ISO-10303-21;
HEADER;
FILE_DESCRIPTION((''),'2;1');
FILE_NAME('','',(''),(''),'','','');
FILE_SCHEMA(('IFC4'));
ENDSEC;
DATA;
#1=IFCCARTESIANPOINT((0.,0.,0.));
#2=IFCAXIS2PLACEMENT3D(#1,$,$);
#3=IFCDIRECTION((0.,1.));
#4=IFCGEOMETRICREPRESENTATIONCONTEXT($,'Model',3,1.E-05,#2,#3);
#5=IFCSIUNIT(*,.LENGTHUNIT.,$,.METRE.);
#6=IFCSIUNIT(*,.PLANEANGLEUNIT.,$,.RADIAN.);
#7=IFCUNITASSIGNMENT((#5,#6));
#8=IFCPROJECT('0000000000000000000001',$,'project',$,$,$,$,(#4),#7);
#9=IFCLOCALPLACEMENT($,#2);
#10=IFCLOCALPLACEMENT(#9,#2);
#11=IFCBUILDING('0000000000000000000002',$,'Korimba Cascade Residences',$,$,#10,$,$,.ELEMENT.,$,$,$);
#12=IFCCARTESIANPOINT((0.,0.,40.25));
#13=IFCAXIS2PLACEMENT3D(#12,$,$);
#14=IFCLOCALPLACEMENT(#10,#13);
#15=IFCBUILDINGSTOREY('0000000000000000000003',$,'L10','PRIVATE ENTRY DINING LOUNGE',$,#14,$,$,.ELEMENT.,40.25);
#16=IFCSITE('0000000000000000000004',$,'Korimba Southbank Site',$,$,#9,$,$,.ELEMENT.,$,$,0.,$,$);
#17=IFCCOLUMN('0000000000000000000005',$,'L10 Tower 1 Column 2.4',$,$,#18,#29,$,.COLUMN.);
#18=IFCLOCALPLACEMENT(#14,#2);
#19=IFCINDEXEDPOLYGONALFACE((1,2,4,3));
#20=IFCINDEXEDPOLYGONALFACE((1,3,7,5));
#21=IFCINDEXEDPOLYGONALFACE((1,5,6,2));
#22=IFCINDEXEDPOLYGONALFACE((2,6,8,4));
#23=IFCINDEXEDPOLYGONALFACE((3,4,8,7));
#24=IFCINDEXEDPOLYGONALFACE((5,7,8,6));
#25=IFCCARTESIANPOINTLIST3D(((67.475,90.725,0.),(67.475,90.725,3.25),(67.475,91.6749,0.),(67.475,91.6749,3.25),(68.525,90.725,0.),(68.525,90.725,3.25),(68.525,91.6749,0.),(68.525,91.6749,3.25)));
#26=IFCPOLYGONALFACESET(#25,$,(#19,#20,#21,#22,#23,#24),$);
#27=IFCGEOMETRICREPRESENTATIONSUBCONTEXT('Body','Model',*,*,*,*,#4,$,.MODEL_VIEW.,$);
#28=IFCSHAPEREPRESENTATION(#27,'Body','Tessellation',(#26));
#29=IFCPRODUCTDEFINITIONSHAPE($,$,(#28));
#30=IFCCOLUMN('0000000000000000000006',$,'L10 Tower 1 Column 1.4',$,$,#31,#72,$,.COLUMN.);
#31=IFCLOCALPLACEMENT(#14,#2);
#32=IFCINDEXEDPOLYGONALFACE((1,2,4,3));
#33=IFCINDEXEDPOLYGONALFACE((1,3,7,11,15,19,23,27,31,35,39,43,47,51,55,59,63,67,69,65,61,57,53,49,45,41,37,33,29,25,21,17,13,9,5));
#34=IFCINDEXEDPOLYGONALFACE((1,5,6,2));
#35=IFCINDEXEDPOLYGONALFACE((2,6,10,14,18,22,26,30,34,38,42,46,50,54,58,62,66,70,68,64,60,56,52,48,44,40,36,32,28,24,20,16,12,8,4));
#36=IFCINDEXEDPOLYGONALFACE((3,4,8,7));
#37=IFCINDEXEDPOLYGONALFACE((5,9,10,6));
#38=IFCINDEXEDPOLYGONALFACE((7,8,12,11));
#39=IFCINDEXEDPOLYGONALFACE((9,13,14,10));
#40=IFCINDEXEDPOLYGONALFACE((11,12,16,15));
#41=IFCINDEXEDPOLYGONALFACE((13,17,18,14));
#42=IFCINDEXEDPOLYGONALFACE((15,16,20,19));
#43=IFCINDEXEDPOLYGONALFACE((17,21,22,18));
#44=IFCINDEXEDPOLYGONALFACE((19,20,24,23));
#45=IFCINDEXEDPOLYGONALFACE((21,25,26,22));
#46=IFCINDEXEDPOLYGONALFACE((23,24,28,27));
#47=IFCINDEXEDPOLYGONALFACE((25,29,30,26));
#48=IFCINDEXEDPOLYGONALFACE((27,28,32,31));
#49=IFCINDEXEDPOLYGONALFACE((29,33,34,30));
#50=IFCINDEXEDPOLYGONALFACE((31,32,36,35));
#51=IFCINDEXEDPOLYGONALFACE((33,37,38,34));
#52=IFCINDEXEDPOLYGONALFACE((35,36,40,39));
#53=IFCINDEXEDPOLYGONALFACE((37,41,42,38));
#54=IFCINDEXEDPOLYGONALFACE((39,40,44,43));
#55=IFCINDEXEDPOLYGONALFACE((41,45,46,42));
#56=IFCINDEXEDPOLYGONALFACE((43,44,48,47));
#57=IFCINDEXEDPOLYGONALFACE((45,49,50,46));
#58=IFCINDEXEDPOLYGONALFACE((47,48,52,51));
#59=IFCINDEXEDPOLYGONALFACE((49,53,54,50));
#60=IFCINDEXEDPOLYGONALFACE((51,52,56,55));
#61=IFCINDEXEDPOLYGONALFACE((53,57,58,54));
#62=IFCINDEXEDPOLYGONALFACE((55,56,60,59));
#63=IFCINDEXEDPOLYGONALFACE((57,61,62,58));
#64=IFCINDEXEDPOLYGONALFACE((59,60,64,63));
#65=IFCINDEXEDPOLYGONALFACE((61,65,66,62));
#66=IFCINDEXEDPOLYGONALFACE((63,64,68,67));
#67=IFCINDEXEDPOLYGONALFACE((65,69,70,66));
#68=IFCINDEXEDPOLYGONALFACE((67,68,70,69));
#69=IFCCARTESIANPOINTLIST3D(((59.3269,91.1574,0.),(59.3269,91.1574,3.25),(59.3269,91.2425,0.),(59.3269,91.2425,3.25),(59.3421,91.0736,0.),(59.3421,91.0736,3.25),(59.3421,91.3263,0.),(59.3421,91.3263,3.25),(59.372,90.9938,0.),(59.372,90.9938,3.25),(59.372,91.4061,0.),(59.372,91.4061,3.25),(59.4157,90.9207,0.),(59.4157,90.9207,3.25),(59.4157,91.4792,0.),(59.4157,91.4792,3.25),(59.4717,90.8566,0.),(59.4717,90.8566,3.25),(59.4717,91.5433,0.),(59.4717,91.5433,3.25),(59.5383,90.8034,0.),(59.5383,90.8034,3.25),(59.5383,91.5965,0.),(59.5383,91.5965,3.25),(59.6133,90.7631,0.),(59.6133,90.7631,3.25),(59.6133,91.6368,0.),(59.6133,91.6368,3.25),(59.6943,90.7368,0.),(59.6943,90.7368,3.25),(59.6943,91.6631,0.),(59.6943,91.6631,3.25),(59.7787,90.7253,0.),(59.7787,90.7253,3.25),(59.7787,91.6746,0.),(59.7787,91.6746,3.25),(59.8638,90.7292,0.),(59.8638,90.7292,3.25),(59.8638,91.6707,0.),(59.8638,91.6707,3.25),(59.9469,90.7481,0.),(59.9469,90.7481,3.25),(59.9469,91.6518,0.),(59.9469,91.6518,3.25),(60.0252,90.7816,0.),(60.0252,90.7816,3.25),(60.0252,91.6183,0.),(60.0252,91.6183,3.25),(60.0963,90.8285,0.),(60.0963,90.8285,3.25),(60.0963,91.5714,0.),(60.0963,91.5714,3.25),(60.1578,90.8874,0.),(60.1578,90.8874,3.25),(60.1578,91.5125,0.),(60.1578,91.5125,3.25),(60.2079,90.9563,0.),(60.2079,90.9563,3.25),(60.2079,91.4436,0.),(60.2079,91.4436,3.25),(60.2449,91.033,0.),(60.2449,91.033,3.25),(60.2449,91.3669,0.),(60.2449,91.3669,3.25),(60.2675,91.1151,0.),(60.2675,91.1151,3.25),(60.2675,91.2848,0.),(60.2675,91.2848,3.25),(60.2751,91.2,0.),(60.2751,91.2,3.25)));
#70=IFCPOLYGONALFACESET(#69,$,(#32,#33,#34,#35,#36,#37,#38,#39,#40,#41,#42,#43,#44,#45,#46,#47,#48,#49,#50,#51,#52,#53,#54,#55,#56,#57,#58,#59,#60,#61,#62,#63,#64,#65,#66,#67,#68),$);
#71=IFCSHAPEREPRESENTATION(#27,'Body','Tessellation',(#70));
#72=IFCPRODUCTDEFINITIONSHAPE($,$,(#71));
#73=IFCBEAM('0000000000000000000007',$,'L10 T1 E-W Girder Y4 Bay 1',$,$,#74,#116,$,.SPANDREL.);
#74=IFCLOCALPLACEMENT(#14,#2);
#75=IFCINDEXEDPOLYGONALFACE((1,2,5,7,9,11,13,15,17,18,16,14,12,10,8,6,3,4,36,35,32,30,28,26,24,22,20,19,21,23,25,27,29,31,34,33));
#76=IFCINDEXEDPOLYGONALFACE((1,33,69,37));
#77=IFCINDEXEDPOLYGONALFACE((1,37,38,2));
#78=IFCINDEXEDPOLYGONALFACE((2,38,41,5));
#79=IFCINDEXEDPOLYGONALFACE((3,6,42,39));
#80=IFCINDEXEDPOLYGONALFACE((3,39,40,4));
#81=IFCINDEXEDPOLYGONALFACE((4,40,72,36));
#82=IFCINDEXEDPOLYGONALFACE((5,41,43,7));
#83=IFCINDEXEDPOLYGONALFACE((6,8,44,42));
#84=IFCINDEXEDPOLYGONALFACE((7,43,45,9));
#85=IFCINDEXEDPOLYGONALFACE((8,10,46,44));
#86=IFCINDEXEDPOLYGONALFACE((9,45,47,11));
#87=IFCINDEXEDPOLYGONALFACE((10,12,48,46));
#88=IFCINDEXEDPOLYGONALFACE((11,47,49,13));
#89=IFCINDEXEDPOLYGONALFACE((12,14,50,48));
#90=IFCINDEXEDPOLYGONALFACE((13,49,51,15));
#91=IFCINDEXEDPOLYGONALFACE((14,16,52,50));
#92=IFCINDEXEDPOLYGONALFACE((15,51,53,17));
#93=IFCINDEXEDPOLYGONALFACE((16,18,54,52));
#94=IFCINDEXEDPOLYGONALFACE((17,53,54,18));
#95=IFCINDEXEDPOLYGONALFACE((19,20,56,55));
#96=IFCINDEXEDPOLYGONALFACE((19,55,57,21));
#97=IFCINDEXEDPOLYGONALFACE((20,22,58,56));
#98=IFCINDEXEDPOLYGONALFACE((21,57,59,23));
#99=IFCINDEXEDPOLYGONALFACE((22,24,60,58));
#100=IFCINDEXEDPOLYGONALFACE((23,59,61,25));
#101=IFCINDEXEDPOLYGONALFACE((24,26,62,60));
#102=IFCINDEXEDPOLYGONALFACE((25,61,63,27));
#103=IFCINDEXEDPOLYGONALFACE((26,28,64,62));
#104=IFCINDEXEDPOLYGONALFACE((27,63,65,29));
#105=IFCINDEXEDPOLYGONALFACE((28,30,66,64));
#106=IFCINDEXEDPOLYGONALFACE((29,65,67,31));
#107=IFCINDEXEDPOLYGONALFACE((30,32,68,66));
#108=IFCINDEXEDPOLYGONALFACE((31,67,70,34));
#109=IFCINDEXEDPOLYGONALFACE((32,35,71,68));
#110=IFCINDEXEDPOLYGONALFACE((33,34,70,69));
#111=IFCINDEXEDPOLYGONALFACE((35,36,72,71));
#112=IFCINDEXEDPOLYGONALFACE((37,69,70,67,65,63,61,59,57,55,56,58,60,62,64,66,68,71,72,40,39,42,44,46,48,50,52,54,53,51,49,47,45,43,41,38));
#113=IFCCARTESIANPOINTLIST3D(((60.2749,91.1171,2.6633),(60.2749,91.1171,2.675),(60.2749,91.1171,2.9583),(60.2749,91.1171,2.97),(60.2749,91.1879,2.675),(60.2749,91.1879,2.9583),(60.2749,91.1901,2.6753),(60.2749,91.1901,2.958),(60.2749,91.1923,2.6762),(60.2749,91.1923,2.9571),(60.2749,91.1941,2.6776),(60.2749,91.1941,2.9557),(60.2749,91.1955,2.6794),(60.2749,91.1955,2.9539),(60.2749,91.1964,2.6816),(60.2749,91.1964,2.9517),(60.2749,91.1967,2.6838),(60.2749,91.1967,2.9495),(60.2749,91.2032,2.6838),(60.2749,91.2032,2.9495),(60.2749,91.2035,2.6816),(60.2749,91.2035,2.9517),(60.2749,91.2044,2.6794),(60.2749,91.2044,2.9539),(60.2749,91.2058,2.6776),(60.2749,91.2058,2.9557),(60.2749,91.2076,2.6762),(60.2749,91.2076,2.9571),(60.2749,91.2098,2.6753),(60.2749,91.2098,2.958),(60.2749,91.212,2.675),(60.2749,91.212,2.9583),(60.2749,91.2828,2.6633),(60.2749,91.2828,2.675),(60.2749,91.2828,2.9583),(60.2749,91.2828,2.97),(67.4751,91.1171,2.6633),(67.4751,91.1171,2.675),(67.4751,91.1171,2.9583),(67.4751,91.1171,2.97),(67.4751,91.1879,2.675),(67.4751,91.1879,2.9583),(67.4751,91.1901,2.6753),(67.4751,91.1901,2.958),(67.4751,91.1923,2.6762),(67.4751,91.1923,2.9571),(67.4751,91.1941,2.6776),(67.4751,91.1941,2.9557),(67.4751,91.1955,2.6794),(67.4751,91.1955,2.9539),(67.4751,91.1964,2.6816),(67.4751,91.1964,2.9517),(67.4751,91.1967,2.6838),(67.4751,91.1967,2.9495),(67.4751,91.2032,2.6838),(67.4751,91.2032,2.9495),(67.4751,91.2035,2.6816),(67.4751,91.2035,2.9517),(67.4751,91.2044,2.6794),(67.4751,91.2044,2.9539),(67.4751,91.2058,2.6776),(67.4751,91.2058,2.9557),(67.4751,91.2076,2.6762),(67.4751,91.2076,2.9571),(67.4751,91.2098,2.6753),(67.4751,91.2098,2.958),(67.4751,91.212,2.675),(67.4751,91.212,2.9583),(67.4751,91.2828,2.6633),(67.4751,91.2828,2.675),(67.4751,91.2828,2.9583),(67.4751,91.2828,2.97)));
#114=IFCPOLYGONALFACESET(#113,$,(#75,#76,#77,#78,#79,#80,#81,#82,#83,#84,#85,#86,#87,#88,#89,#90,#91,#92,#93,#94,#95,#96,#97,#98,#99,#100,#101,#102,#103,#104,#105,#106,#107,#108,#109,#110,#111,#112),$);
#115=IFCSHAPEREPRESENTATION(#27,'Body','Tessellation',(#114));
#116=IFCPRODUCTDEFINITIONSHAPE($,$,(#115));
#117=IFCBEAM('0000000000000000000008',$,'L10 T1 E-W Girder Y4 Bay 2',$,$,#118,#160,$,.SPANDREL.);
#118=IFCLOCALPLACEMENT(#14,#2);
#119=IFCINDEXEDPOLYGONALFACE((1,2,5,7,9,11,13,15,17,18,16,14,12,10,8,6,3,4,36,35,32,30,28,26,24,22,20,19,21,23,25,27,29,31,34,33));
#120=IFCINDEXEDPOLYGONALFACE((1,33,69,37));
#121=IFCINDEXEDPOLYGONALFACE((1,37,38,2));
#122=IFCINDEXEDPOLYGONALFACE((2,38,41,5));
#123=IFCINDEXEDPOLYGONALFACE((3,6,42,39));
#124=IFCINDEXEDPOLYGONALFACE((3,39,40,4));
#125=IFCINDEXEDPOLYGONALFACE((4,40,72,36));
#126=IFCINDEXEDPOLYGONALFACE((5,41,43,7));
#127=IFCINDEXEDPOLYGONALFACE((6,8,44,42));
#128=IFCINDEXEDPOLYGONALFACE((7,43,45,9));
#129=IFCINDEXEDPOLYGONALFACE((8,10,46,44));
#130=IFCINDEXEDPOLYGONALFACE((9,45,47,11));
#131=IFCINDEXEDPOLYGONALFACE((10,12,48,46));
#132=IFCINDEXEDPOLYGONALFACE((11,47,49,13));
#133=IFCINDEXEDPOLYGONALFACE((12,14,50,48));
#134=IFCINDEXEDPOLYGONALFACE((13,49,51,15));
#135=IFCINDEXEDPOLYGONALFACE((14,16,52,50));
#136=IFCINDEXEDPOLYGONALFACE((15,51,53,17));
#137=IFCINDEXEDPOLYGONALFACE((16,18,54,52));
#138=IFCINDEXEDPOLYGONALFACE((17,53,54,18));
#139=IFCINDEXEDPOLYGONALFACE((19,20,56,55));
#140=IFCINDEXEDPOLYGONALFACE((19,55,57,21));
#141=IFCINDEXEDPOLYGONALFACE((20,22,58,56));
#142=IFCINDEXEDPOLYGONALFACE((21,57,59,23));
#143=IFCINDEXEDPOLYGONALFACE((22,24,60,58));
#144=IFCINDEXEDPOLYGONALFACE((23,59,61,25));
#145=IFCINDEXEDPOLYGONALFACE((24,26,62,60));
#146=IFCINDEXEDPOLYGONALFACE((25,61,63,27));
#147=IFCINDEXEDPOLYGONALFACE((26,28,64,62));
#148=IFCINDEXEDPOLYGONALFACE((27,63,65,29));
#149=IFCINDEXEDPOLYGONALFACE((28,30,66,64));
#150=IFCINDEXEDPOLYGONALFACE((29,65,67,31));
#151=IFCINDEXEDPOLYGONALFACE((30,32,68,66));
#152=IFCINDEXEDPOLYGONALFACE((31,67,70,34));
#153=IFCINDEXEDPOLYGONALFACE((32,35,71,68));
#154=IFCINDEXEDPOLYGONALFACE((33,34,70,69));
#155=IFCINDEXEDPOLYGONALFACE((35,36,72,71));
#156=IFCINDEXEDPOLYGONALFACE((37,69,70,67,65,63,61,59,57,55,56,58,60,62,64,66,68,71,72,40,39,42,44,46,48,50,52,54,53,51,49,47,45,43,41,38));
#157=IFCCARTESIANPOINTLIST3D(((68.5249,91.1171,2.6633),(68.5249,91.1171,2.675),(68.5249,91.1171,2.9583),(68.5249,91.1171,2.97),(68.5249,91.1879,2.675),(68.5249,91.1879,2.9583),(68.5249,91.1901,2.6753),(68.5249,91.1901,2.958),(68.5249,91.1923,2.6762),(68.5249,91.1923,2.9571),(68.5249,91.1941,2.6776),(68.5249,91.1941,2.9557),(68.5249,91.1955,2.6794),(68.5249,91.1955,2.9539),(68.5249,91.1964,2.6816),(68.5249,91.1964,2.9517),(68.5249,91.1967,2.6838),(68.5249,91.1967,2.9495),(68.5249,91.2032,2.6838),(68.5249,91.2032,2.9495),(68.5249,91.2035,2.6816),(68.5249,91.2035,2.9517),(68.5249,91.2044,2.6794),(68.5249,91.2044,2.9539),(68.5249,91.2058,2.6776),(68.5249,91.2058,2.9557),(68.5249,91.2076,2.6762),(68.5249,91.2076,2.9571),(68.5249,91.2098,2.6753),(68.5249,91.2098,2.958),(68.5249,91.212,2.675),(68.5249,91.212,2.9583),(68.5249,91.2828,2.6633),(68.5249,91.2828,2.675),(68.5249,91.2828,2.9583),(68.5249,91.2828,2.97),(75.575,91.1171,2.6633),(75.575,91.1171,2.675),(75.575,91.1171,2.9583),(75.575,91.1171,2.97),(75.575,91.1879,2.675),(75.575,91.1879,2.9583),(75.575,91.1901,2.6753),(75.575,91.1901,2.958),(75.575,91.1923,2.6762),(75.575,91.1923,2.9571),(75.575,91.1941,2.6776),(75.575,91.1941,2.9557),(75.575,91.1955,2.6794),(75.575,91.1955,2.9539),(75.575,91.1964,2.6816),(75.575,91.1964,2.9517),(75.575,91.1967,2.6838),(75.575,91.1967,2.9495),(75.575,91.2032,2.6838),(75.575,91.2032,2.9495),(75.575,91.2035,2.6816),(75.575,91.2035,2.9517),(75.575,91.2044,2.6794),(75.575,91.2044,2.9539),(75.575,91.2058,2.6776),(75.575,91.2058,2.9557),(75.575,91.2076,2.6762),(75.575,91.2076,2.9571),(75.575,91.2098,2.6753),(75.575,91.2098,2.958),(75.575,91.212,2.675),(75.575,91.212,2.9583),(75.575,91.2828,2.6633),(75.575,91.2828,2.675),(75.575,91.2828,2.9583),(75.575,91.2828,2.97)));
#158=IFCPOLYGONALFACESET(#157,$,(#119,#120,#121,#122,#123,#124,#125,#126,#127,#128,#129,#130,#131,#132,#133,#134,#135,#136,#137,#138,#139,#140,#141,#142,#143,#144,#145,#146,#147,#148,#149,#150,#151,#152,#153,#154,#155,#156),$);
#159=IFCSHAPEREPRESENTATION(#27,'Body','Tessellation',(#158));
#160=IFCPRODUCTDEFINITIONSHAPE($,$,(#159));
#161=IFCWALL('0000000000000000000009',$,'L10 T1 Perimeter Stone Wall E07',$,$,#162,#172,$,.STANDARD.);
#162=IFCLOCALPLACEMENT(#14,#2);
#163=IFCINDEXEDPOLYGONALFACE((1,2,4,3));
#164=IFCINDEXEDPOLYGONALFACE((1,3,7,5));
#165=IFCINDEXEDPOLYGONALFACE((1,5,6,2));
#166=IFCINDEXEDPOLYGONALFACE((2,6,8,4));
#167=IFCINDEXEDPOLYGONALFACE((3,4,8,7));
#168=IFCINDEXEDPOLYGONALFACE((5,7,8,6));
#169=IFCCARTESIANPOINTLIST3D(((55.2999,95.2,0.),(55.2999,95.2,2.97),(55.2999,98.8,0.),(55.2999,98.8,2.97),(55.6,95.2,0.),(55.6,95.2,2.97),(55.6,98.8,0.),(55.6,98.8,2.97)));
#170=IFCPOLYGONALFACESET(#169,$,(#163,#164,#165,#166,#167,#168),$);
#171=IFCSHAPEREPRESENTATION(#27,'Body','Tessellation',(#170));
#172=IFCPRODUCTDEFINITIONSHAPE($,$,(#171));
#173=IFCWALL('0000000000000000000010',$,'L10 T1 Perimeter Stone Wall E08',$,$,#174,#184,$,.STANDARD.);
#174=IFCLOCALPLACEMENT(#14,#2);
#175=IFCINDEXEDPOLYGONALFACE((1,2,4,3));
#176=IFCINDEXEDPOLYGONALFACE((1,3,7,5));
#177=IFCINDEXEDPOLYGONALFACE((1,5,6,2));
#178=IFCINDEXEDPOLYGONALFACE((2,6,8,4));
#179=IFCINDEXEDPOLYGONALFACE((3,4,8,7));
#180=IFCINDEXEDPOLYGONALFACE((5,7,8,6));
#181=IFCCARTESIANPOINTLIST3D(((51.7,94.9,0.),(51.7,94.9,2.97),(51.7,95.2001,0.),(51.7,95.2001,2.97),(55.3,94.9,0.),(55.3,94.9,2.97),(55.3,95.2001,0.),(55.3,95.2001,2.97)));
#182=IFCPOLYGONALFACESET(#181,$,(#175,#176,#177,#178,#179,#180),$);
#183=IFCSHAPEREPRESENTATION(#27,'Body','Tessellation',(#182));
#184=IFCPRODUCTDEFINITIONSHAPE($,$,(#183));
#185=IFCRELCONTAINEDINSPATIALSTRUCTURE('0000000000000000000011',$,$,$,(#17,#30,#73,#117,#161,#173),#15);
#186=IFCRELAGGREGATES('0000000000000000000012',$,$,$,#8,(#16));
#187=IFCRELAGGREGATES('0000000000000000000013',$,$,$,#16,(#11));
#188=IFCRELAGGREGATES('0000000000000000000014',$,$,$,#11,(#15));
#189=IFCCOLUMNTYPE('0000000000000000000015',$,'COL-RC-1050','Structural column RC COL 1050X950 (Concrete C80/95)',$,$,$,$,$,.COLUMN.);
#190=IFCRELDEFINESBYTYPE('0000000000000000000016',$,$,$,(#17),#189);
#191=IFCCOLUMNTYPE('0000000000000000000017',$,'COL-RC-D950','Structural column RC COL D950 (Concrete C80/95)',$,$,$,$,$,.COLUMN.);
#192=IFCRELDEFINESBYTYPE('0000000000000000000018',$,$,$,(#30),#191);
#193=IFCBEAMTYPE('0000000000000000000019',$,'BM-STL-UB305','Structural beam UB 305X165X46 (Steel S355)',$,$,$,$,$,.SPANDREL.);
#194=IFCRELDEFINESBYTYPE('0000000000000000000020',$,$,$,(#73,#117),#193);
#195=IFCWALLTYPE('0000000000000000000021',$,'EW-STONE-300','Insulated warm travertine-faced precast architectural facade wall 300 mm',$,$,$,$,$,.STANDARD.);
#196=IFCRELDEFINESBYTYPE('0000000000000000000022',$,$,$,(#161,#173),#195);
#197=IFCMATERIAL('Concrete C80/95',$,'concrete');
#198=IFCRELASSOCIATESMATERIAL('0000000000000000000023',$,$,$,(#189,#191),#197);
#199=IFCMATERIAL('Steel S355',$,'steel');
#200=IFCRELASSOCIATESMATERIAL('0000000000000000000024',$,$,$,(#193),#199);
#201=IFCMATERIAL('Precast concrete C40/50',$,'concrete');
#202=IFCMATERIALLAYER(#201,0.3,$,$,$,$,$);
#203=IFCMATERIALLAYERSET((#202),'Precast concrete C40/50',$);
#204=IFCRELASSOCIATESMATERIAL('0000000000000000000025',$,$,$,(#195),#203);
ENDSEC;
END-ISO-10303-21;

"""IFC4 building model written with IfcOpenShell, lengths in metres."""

from ifc_helpers import new_model, si_unit, direction, frame, frame_2d, origin, origin_2d, place, context, subcontext, project, spatial, rectangle, circle, i_section, extrude, material, layer, layer_set, material_profile, profile_set, type_object, element, save


model = new_model("IFC4")

# Units and contexts
model_context = context("Model", 3, precision=1e-05, world=origin(), true_north=direction((0.0, 1.0)))
body_context = subcontext(model_context, "Body", "Model", "MODEL_VIEW")
ifc_project = project(units=[si_unit("LENGTHUNIT", "METRE"), si_unit("PLANEANGLEUNIT", "RADIAN")], contexts=[model_context])

# Site, building, storey
site_placement = place(None, origin())
site = spatial("IfcSite", under=ifc_project, at=site_placement, Name="Korimba Southbank Site", CompositionType="ELEMENT", RefElevation=0.0)
building_placement = place(site_placement, origin())
building = spatial("IfcBuilding", under=site, at=building_placement, Name="Korimba Cascade Residences", CompositionType="ELEMENT")
storey_placement = place(building_placement, frame((0.0, 0.0, 40.25)))
storey = spatial("IfcBuildingStorey", under=building, at=storey_placement, Name="L10", Description="PRIVATE ENTRY DINING LOUNGE", CompositionType="ELEMENT", Elevation=40.25)

# Columns
ifc_material_1 = material(Name="Concrete C80/95", Category="concrete")
ifc_material_profile_1 = material_profile(ifc_material_1, rectangle(XDim=1.05, YDim=0.95, at=origin_2d()), Name="Concrete C80/95")
ifc_profile_set_1 = profile_set([ifc_material_profile_1], Name="Concrete C80/95")
column_type_1 = type_object("IfcColumnType", Name="COL-RC-1050", Description="Structural column RC COL 1050X950 (Concrete C80/95)", PredefinedType="COLUMN", material=ifc_profile_set_1)
column_1_placement = place(storey_placement, frame((68.0, 91.2, 0.0), z_axis=(0.0, 0.0, 1.0), x_axis=(1.0, 0.0, 0.0)))
element("IfcColumn", 1, at=column_1_placement, inside=storey, type_object=column_type_1, Name="L10 Tower 1 Column 2.4", PredefinedType="COLUMN", context=body_context, shape_type="SweptSolid", body=[
    extrude(rectangle(XDim=1.05, YDim=0.95, at=origin_2d()), origin(), (0.0, 0.0, 1.0), 3.25),
])
ifc_material_profile_2 = material_profile(ifc_material_1, circle(Radius=0.4751, at=origin_2d()), Name="Concrete C80/95")
ifc_profile_set_2 = profile_set([ifc_material_profile_2], Name="Concrete C80/95")
column_type_2 = type_object("IfcColumnType", Name="COL-RC-D950", Description="Structural column RC COL D950 (Concrete C80/95)", PredefinedType="COLUMN", material=ifc_profile_set_2)
column_2_placement = place(storey_placement, frame((59.8, 91.2, 0.0), z_axis=(0.0, 0.0, 1.0), x_axis=(1.0, 0.0, 0.0)))
element("IfcColumn", 2, at=column_2_placement, inside=storey, type_object=column_type_2, Name="L10 Tower 1 Column 1.4", PredefinedType="COLUMN", context=body_context, shape_type="SweptSolid", body=[
    extrude(circle(Radius=0.4751, at=origin_2d()), origin(), (0.0, 0.0, 1.0), 3.25),
])

# Beams
ifc_material_2 = material(Name="Steel S355", Category="steel")
ifc_material_profile_3 = material_profile(ifc_material_2, i_section(OverallWidth=0.1658, OverallDepth=0.3066, WebThickness=0.0066, FlangeThickness=0.0117, FilletRadius=0.0088, at=origin_2d()), Name="Steel S355")
ifc_profile_set_3 = profile_set([ifc_material_profile_3], Name="Steel S355")
beam_type = type_object("IfcBeamType", Name="BM-STL-UB305", Description="Structural beam UB 305X165X46 (Steel S355)", PredefinedType="SPANDREL", material=ifc_profile_set_3)
beam_1_placement = place(storey_placement, frame((60.2749, 91.2, 2.8167), z_axis=(1.0, 0.0, 0.0), x_axis=(0.0, 1.0, 0.0)))
element("IfcBeam", 3, at=beam_1_placement, inside=storey, type_object=beam_type, Name="L10 T1 E-W Girder Y4 Bay 1", PredefinedType="SPANDREL", context=body_context, shape_type="SweptSolid", body=[
    extrude(i_section(OverallWidth=0.1658, OverallDepth=0.3066, WebThickness=0.0066, FlangeThickness=0.0117, FilletRadius=0.0088, at=origin_2d()), origin(), (0.0, 0.0, 1.0), 7.2002),
])
beam_2_placement = place(storey_placement, frame((68.5249, 91.2, 2.8167), z_axis=(1.0, 0.0, 0.0), x_axis=(0.0, 1.0, 0.0)))
element("IfcBeam", 4, at=beam_2_placement, inside=storey, type_object=beam_type, Name="L10 T1 E-W Girder Y4 Bay 2", PredefinedType="SPANDREL", context=body_context, shape_type="SweptSolid", body=[
    extrude(i_section(OverallWidth=0.1658, OverallDepth=0.3066, WebThickness=0.0066, FlangeThickness=0.0117, FilletRadius=0.0088, at=origin_2d()), origin(), (0.0, 0.0, 1.0), 7.05),
])

# Walls
ifc_material_3 = material(Name="Precast concrete C40/50", Category="concrete")
ifc_layer_1 = layer(ifc_material_3, 0.3)
ifc_layer_set_1 = layer_set([ifc_layer_1], Name="Precast concrete C40/50")
wall_type_1 = type_object("IfcWallType", Name="EW-STONE-300", Description="Insulated warm travertine-faced precast architectural facade wall 300 mm", PredefinedType="STANDARD", material=ifc_layer_set_1)
for number, where, z_axis, x_axis, name in (
    (5, (55.45, 98.8, 0.0), (0.0, 0.0, 1.0), (0.0, -1.0, 0.0), "L10 T1 Perimeter Stone Wall E07"),
    (6, (55.3, 95.05, 0.0), (0.0, 0.0, 1.0), (-1.0, 0.0, 0.0), "L10 T1 Perimeter Stone Wall E08"),
):
    element("IfcWall", number, at=place(storey_placement, frame(where, z_axis=z_axis, x_axis=x_axis)), inside=storey, type_object=wall_type_1, Name=name, PredefinedType="STANDARD", context=body_context, shape_type="SweptSolid", body=[
        extrude(rectangle(XDim=3.6001, YDim=0.3, at=frame_2d((1.8, 0.0))), origin(), (0.0, 0.0, 1.0), 2.97),
    ])

save(model, "model.ifc")
